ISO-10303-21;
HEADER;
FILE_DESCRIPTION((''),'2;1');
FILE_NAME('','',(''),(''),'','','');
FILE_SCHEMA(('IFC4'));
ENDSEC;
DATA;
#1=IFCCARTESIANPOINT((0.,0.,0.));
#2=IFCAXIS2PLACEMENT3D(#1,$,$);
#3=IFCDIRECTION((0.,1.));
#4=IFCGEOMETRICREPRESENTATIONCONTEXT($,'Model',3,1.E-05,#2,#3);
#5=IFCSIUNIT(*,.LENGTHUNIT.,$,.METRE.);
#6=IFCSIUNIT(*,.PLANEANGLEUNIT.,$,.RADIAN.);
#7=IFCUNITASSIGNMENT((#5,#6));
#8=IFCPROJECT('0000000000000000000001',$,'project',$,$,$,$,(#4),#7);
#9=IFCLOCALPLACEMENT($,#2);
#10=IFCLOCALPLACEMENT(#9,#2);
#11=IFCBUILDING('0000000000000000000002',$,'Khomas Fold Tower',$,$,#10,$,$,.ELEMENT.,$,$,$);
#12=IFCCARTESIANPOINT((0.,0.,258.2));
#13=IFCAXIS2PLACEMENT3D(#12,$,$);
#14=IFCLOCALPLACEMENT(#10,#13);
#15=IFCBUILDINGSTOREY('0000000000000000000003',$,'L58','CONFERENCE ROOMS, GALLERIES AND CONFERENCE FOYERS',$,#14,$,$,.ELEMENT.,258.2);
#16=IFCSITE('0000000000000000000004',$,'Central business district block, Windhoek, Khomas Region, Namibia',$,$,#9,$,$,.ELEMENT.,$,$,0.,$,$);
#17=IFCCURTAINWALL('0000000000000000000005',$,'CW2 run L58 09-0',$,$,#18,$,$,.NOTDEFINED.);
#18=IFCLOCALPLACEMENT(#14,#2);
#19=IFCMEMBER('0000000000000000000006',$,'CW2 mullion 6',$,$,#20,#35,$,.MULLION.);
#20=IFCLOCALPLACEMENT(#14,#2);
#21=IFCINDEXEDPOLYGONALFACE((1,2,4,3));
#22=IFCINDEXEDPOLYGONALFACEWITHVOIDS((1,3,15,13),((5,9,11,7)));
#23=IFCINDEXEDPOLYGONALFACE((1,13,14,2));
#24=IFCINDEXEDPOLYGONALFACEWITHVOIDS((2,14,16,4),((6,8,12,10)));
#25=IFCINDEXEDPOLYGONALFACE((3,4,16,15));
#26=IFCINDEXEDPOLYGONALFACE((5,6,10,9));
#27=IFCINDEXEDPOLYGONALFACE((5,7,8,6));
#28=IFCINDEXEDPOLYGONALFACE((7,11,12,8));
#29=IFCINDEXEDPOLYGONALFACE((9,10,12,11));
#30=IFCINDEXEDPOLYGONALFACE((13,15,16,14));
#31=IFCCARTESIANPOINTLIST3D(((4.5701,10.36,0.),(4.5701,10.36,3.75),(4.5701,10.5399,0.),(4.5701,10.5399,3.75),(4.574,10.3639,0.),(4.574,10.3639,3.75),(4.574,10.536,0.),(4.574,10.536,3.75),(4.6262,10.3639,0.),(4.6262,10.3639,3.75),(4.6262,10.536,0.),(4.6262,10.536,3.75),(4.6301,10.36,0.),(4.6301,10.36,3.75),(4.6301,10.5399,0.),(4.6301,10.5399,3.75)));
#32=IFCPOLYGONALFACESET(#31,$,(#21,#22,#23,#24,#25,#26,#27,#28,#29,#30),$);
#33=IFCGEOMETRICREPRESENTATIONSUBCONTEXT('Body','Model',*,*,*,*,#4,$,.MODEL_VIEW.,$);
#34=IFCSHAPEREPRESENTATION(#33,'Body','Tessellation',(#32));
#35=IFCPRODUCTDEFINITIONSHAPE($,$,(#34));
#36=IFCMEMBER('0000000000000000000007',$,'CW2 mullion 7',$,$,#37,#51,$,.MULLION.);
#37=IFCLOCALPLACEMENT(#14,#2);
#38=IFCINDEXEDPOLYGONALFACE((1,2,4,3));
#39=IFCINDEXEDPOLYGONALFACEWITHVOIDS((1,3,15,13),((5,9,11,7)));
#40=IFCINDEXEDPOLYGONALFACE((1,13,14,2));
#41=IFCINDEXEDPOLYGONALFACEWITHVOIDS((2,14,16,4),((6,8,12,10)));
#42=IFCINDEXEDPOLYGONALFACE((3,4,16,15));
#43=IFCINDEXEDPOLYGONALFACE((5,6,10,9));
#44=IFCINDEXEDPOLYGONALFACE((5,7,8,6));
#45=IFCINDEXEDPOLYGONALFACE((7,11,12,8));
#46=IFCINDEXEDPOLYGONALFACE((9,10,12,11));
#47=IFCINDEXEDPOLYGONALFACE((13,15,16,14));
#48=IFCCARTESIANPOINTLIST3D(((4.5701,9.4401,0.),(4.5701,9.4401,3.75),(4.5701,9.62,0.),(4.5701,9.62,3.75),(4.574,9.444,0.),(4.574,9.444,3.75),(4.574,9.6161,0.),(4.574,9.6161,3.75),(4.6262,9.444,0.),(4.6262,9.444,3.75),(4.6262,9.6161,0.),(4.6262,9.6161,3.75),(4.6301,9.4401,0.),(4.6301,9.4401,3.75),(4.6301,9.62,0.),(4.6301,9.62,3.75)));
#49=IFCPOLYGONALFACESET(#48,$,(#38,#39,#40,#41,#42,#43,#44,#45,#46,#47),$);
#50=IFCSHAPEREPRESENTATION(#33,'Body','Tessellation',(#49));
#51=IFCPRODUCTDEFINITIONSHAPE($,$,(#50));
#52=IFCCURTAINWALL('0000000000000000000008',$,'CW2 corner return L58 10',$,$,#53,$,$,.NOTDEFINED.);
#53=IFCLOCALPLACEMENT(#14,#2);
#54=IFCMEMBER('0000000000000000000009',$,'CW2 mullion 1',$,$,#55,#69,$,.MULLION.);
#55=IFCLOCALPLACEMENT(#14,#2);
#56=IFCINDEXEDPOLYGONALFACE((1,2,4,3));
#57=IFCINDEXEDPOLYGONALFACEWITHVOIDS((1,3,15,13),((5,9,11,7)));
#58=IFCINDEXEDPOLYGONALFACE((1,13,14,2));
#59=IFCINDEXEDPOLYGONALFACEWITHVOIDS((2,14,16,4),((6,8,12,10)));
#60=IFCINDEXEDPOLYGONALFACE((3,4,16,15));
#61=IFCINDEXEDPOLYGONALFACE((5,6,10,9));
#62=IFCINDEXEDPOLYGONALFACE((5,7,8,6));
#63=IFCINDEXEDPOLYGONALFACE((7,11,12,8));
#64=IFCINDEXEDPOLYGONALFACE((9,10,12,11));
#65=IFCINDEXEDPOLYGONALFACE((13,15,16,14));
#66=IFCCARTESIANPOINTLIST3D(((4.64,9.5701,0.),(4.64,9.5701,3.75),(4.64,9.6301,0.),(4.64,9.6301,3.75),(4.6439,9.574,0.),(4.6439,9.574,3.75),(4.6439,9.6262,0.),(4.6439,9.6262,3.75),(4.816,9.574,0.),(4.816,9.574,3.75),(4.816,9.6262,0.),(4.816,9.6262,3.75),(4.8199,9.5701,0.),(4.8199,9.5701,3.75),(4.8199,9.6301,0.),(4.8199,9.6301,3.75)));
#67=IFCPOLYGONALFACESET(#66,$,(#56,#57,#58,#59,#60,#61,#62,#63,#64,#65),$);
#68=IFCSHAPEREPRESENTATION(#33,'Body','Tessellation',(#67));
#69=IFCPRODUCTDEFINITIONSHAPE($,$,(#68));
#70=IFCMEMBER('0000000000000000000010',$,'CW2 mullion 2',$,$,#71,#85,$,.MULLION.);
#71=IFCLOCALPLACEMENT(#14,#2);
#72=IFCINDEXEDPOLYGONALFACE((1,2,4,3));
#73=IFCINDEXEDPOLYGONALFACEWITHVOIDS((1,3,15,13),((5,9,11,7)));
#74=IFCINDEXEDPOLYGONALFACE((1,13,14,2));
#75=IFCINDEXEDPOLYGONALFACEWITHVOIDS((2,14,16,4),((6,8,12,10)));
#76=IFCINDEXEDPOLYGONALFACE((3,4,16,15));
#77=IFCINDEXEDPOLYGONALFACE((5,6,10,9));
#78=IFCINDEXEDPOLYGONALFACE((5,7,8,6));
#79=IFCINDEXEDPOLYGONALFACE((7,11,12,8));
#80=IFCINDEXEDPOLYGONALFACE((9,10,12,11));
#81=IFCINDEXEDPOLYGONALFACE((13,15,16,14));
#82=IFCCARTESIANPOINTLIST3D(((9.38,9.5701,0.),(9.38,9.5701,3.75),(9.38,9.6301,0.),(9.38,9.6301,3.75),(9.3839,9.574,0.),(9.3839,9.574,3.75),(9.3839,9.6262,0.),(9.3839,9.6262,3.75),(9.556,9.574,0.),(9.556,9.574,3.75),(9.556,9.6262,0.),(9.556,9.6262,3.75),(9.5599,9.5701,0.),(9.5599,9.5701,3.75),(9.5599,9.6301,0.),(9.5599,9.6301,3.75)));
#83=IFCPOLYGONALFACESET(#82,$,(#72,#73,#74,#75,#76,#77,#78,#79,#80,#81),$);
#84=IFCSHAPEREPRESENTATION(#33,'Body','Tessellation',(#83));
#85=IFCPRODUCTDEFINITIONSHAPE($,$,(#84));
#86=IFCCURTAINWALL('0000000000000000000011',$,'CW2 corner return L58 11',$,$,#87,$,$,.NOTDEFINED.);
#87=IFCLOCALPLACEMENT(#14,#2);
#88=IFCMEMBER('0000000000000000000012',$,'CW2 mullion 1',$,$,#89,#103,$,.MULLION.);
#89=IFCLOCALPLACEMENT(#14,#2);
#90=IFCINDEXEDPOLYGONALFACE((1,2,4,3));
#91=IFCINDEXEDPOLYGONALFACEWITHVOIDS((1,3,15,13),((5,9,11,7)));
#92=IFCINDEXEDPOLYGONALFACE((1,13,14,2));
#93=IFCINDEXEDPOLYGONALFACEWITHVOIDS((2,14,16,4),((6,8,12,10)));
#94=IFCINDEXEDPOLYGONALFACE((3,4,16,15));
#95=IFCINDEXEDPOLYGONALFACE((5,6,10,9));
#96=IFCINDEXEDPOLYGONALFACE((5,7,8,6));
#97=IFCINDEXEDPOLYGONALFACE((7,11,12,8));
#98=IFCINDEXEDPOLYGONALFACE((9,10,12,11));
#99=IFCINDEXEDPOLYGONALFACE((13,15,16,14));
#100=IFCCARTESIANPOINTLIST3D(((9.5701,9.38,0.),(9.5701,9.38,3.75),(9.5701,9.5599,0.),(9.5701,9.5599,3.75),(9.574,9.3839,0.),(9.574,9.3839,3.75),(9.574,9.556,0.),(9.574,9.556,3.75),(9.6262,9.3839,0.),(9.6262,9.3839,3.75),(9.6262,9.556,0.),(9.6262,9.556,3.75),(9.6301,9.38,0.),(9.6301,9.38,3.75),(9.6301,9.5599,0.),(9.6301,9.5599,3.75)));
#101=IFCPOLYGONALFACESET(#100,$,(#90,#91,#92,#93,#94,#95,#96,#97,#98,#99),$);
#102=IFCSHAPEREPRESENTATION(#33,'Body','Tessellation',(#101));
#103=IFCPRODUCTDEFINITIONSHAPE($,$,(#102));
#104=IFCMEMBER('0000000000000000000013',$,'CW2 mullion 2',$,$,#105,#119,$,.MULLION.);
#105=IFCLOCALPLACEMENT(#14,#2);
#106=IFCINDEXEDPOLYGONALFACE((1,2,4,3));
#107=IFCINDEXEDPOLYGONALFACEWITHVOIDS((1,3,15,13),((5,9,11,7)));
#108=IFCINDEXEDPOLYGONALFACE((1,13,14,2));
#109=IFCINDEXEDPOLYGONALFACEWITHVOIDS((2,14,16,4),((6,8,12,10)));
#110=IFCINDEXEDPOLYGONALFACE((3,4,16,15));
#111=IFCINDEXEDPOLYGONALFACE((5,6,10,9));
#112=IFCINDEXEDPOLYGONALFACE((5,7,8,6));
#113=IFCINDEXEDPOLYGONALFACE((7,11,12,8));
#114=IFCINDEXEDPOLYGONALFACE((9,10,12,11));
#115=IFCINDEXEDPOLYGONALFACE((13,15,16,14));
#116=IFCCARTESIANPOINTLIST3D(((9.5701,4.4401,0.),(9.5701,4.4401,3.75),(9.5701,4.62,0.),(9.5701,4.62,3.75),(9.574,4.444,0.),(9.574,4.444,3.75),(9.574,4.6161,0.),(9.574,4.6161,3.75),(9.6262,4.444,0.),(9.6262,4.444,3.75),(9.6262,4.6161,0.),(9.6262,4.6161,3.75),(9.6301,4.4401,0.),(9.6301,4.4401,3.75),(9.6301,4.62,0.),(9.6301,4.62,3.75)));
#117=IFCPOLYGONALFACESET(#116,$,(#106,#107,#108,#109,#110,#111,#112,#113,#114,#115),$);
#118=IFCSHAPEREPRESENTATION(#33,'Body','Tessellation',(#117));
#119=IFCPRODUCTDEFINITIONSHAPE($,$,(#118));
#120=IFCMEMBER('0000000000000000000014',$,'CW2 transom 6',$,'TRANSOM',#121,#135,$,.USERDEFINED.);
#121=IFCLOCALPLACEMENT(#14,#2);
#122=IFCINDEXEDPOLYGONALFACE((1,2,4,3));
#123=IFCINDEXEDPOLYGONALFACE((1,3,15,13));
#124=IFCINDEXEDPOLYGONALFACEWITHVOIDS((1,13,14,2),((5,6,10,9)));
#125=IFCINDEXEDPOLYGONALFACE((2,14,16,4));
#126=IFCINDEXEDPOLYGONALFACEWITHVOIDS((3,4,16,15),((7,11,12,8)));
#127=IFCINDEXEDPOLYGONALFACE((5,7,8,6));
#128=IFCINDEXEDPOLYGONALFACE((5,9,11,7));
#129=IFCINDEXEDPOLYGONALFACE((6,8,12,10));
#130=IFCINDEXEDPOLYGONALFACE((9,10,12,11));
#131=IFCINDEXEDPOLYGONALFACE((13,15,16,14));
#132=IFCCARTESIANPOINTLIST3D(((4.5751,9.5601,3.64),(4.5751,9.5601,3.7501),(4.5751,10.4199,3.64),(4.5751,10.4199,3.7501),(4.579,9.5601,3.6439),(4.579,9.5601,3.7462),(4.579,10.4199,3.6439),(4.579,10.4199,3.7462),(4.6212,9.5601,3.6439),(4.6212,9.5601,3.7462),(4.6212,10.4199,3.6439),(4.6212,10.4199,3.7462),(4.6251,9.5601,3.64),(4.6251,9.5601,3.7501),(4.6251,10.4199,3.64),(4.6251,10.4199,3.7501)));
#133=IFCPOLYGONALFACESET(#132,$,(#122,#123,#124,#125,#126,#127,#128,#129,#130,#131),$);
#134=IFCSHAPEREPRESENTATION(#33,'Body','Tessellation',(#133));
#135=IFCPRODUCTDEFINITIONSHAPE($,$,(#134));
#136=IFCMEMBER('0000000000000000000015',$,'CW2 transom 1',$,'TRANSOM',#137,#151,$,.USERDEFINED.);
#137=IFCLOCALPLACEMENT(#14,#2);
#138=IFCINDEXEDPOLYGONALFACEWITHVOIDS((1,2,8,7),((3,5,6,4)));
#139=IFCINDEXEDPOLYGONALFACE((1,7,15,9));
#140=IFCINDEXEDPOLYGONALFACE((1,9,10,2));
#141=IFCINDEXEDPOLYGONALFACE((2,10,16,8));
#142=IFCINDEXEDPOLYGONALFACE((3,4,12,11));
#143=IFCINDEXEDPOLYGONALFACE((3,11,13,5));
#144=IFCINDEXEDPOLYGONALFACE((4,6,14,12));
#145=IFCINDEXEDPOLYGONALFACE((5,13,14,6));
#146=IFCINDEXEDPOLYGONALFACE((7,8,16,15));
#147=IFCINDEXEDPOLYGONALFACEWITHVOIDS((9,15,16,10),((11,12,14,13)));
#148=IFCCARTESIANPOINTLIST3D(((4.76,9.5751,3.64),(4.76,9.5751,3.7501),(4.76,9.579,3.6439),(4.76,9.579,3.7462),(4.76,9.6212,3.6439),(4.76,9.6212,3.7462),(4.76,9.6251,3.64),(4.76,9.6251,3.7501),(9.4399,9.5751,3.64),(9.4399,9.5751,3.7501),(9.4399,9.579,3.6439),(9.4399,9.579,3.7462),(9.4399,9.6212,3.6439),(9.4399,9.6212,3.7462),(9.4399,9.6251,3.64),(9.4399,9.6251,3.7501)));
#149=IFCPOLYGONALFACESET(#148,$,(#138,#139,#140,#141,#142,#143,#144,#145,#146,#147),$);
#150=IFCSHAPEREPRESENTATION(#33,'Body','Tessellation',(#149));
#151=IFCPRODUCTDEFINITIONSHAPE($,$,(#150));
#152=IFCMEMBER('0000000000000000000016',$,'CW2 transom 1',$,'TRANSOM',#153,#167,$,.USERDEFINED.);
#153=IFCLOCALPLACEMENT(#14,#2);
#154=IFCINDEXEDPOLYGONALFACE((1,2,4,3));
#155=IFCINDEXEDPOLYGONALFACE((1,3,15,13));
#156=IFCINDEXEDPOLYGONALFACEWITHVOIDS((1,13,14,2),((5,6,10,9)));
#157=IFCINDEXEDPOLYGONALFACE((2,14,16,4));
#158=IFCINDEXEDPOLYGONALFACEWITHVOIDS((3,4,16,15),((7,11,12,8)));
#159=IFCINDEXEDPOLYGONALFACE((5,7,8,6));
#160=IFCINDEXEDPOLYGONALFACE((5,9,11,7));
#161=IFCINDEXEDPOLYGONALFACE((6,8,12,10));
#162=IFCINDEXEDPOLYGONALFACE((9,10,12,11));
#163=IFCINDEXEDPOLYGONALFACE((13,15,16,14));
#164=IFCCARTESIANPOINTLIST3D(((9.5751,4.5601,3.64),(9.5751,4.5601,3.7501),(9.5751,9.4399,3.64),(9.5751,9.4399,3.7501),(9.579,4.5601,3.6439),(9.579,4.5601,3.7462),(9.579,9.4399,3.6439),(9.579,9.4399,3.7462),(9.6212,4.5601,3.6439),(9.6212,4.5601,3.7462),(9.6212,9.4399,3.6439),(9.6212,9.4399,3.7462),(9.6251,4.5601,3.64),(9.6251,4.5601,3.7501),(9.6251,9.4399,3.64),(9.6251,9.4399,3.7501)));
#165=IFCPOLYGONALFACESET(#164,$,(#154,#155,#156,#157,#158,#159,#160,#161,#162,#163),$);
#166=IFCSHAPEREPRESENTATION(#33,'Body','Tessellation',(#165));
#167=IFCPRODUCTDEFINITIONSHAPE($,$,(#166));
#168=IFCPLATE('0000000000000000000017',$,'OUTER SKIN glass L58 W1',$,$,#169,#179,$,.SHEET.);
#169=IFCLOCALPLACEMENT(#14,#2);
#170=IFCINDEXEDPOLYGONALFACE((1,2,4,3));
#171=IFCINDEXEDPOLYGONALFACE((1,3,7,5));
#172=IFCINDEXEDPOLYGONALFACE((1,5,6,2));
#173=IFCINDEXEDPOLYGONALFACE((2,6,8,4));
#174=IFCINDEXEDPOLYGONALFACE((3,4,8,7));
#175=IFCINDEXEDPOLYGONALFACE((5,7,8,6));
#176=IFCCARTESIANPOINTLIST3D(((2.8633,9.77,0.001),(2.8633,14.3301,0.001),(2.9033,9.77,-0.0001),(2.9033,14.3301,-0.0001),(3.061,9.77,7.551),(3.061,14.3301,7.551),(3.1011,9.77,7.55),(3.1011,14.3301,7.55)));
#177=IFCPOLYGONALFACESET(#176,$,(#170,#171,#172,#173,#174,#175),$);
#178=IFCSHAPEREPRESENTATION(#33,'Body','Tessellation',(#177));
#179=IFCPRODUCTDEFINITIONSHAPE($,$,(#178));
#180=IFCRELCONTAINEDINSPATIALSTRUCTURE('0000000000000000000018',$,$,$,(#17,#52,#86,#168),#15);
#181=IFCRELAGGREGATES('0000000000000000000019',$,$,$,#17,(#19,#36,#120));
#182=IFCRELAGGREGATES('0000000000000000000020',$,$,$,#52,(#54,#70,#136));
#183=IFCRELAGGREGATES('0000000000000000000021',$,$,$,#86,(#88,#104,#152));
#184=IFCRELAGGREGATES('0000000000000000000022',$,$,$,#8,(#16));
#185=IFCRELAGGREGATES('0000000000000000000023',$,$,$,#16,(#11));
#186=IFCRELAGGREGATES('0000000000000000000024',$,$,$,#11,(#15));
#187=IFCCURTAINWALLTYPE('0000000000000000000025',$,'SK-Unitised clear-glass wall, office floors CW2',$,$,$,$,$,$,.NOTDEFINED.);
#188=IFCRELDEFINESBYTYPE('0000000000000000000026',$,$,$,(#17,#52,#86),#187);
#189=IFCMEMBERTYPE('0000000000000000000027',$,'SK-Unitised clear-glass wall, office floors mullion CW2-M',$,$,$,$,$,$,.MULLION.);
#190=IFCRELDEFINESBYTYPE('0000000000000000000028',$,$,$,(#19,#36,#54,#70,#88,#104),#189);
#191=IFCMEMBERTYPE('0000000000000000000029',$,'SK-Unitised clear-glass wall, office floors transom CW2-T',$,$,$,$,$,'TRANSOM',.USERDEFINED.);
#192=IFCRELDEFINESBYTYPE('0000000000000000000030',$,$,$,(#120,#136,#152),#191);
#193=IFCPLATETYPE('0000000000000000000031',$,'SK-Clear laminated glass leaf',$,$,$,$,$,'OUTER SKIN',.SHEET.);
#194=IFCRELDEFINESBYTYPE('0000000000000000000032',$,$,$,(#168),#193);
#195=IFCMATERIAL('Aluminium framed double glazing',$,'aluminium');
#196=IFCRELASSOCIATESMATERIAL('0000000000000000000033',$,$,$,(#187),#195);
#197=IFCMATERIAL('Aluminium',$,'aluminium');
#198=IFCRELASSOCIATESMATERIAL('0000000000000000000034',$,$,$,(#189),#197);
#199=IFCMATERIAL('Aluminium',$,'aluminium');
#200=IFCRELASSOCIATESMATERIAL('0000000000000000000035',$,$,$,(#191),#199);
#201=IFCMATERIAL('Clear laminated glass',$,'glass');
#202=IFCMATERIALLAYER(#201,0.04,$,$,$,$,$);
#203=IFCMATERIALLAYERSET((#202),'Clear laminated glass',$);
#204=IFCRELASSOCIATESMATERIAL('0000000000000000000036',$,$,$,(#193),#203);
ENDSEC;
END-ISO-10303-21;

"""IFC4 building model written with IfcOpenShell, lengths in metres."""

from ifc_helpers import new_model, si_unit, direction, frame, origin, origin_2d, place, context, subcontext, project, spatial, polyline, hollow_rectangle, outline, extrude, source, transform, mapped, material, layer, layer_set, material_profile, profile_set, type_object, element, aggregate, save


model = new_model("IFC4")

# Units and contexts
model_context = context("Model", 3, precision=1e-05, world=origin(), true_north=direction((0.0, 1.0)))
body_context = subcontext(model_context, "Body", "Model", "MODEL_VIEW")
ifc_project = project(units=[si_unit("LENGTHUNIT", "METRE"), si_unit("PLANEANGLEUNIT", "RADIAN")], contexts=[model_context])

# Site, building, storey
site_placement = place(None, origin())
site = spatial("IfcSite", under=ifc_project, at=site_placement, Name="Central business district block, Windhoek, Khomas Region, Namibia", CompositionType="ELEMENT", RefElevation=0.0)
building_placement = place(site_placement, origin())
building = spatial("IfcBuilding", under=site, at=building_placement, Name="Khomas Fold Tower", CompositionType="ELEMENT")
storey_placement = place(building_placement, frame((0.0, 0.0, 258.2)))
storey = spatial("IfcBuildingStorey", under=building, at=storey_placement, Name="L58", Description="CONFERENCE ROOMS, GALLERIES AND CONFERENCE FOYERS", CompositionType="ELEMENT", Elevation=258.2)

# Curtain walls, members
ifc_material_1 = material(Name="Aluminium framed double glazing", Category="aluminium")
curtain_wall_type = type_object("IfcCurtainWallType", Name="SK-Unitised clear-glass wall, office floors CW2", PredefinedType="NOTDEFINED", material=ifc_material_1)
curtain_wall_1_placement = place(storey_placement, origin())
curtain_wall_1 = element("IfcCurtainWall", 1, at=curtain_wall_1_placement, inside=storey, type_object=curtain_wall_type, Name="CW2 run L58 09-0", PredefinedType="NOTDEFINED")
ifc_material_2 = material(Name="Aluminium", Category="aluminium")
ifc_material_profile_1 = material_profile(ifc_material_2, hollow_rectangle(XDim=0.0601, YDim=0.1799, WallThickness=0.0039, at=origin_2d()), Name="SK-Unitised clear-glass wall, office floors mullion CW2-M")
ifc_profile_set_1 = profile_set([ifc_material_profile_1], Name="Aluminium")
member_type_1 = type_object("IfcMemberType", Name="SK-Unitised clear-glass wall, office floors mullion CW2-M", PredefinedType="MULLION", material=ifc_profile_set_1)
shared_shape_1 = source(origin(), body_context, "Body", "SweptSolid", [
    extrude(hollow_rectangle(XDim=0.0601, YDim=0.1799, WallThickness=0.0039, at=origin_2d()), origin(), (0.0, 0.0, 1.0), 3.75),
])
member_1_placement = place(storey_placement, frame((4.6001, 10.45, 0.0), z_axis=(0.0, 0.0, 1.0), x_axis=(1.0, 0.0, 0.0)))
member_1 = element("IfcMember", 2, at=member_1_placement, type_object=member_type_1, Name="CW2 mullion 6", PredefinedType="MULLION", context=body_context, shape_type="MappedRepresentation", body=[
    mapped(shared_shape_1, transform((0.0, 0.0, 0.0))),
])
member_2_placement = place(storey_placement, frame((4.6001, 9.53, 0.0), z_axis=(0.0, 0.0, 1.0), x_axis=(1.0, 0.0, 0.0)))
member_2 = element("IfcMember", 3, at=member_2_placement, type_object=member_type_1, Name="CW2 mullion 7", PredefinedType="MULLION", context=body_context, shape_type="MappedRepresentation", body=[
    mapped(shared_shape_1, transform((0.0, 0.0, 0.0))),
])
curtain_wall_2_placement = place(storey_placement, origin())
curtain_wall_2 = element("IfcCurtainWall", 4, at=curtain_wall_2_placement, inside=storey, type_object=curtain_wall_type, Name="CW2 corner return L58 10", PredefinedType="NOTDEFINED")
member_3_placement = place(storey_placement, frame((4.73, 9.6001, 0.0), z_axis=(0.0, 0.0, 1.0), x_axis=(0.0, 1.0, 0.0)))
member_3 = element("IfcMember", 5, at=member_3_placement, type_object=member_type_1, Name="CW2 mullion 1", PredefinedType="MULLION", context=body_context, shape_type="MappedRepresentation", body=[
    mapped(shared_shape_1, transform((0.0, 0.0, 0.0))),
])
member_4_placement = place(storey_placement, frame((9.47, 9.6001, 0.0), z_axis=(0.0, 0.0, 1.0), x_axis=(0.0, 1.0, 0.0)))
member_4 = element("IfcMember", 6, at=member_4_placement, type_object=member_type_1, Name="CW2 mullion 2", PredefinedType="MULLION", context=body_context, shape_type="MappedRepresentation", body=[
    mapped(shared_shape_1, transform((0.0, 0.0, 0.0))),
])
curtain_wall_3_placement = place(storey_placement, origin())
curtain_wall_3 = element("IfcCurtainWall", 7, at=curtain_wall_3_placement, inside=storey, type_object=curtain_wall_type, Name="CW2 corner return L58 11", PredefinedType="NOTDEFINED")
member_5_placement = place(storey_placement, frame((9.6001, 9.47, 0.0), z_axis=(0.0, 0.0, 1.0), x_axis=(1.0, 0.0, 0.0)))
member_5 = element("IfcMember", 8, at=member_5_placement, type_object=member_type_1, Name="CW2 mullion 1", PredefinedType="MULLION", context=body_context, shape_type="MappedRepresentation", body=[
    mapped(shared_shape_1, transform((0.0, 0.0, 0.0))),
])
member_6_placement = place(storey_placement, frame((9.6001, 4.53, 0.0), z_axis=(0.0, 0.0, 1.0), x_axis=(1.0, 0.0, 0.0)))
member_6 = element("IfcMember", 9, at=member_6_placement, type_object=member_type_1, Name="CW2 mullion 2", PredefinedType="MULLION", context=body_context, shape_type="MappedRepresentation", body=[
    mapped(shared_shape_1, transform((0.0, 0.0, 0.0))),
])

# Members
ifc_material_3 = material(Name="Aluminium", Category="aluminium")
ifc_material_profile_2 = material_profile(ifc_material_3, hollow_rectangle(XDim=0.05, YDim=0.1101, WallThickness=0.0039, at=origin_2d()), Name="SK-Unitised clear-glass wall, office floors transom CW2-T")
ifc_profile_set_2 = profile_set([ifc_material_profile_2], Name="Aluminium")
member_type_2 = type_object("IfcMemberType", Name="SK-Unitised clear-glass wall, office floors transom CW2-T", ElementType="TRANSOM", PredefinedType="USERDEFINED", material=ifc_profile_set_2)
shared_shape_2 = source(origin(), body_context, "Body", "SweptSolid", [
    extrude(hollow_rectangle(XDim=0.05, YDim=0.1101, WallThickness=0.0039, at=origin_2d()), origin(), (0.0, 0.0, 1.0), 0.8599),
])
member_7_placement = place(storey_placement, frame((4.6001, 10.4199, 3.6951), z_axis=(0.0, -1.0, 0.0), x_axis=(1.0, 0.0, 0.0)))
member_7 = element("IfcMember", 10, at=member_7_placement, type_object=member_type_2, Name="CW2 transom 6", ObjectType="TRANSOM", PredefinedType="USERDEFINED", context=body_context, shape_type="MappedRepresentation", body=[
    mapped(shared_shape_2, transform((0.0, 0.0, 0.0))),
])
shared_shape_3 = source(origin(), body_context, "Body", "SweptSolid", [
    extrude(hollow_rectangle(XDim=0.05, YDim=0.1101, WallThickness=0.0039, at=origin_2d()), origin(), (0.0, 0.0, 1.0), 4.6799),
])
member_8_placement = place(storey_placement, frame((4.76, 9.6001, 3.6951), z_axis=(1.0, 0.0, 0.0), x_axis=(0.0, 1.0, 0.0)))
member_8 = element("IfcMember", 11, at=member_8_placement, type_object=member_type_2, Name="CW2 transom 1", ObjectType="TRANSOM", PredefinedType="USERDEFINED", context=body_context, shape_type="MappedRepresentation", body=[
    mapped(shared_shape_3, transform((0.0, 0.0, 0.0))),
])
shared_shape_4 = source(origin(), body_context, "Body", "SweptSolid", [
    extrude(hollow_rectangle(XDim=0.05, YDim=0.1101, WallThickness=0.0039, at=origin_2d()), origin(), (0.0, 0.0, 1.0), 4.8799),
])
member_9_placement = place(storey_placement, frame((9.6001, 9.4399, 3.6951), z_axis=(0.0, -1.0, 0.0), x_axis=(1.0, 0.0, 0.0)))
member_9 = element("IfcMember", 12, at=member_9_placement, type_object=member_type_2, Name="CW2 transom 1", ObjectType="TRANSOM", PredefinedType="USERDEFINED", context=body_context, shape_type="MappedRepresentation", body=[
    mapped(shared_shape_4, transform((0.0, 0.0, 0.0))),
])

# Plate
ifc_material_4 = material(Name="Clear laminated glass", Category="glass")
ifc_layer_1 = layer(ifc_material_4, 0.04)
ifc_layer_set_1 = layer_set([ifc_layer_1], Name="Clear laminated glass")
plate_type_1 = type_object("IfcPlateType", Name="SK-Clear laminated glass leaf", ElementType="OUTER SKIN", PredefinedType="SHEET", material=ifc_layer_set_1)
plate_1_placement = place(storey_placement, frame((2.8633, 9.77, 0.001), z_axis=(-0.999657, 0.0, 0.026183), x_axis=(0.0, 1.0, 0.0)))
element("IfcPlate", 13, at=plate_1_placement, inside=storey, type_object=plate_type_1, Name="OUTER SKIN glass L58 W1", PredefinedType="SHEET", context=body_context, shape_type="SweptSolid", body=[
    extrude(outline(polyline([(0.0, 0.0), (4.5601, 0.0), (4.5601, -7.5526), (0.0, -7.5526), (0.0, 0.0)])), origin(), (0.0, 0.0, -1.0), 0.04),
])

aggregate(curtain_wall_1, [member_1, member_2, member_7])
aggregate(curtain_wall_2, [member_3, member_4, member_8])
aggregate(curtain_wall_3, [member_5, member_6, member_9])

save(model, "model.ifc")
